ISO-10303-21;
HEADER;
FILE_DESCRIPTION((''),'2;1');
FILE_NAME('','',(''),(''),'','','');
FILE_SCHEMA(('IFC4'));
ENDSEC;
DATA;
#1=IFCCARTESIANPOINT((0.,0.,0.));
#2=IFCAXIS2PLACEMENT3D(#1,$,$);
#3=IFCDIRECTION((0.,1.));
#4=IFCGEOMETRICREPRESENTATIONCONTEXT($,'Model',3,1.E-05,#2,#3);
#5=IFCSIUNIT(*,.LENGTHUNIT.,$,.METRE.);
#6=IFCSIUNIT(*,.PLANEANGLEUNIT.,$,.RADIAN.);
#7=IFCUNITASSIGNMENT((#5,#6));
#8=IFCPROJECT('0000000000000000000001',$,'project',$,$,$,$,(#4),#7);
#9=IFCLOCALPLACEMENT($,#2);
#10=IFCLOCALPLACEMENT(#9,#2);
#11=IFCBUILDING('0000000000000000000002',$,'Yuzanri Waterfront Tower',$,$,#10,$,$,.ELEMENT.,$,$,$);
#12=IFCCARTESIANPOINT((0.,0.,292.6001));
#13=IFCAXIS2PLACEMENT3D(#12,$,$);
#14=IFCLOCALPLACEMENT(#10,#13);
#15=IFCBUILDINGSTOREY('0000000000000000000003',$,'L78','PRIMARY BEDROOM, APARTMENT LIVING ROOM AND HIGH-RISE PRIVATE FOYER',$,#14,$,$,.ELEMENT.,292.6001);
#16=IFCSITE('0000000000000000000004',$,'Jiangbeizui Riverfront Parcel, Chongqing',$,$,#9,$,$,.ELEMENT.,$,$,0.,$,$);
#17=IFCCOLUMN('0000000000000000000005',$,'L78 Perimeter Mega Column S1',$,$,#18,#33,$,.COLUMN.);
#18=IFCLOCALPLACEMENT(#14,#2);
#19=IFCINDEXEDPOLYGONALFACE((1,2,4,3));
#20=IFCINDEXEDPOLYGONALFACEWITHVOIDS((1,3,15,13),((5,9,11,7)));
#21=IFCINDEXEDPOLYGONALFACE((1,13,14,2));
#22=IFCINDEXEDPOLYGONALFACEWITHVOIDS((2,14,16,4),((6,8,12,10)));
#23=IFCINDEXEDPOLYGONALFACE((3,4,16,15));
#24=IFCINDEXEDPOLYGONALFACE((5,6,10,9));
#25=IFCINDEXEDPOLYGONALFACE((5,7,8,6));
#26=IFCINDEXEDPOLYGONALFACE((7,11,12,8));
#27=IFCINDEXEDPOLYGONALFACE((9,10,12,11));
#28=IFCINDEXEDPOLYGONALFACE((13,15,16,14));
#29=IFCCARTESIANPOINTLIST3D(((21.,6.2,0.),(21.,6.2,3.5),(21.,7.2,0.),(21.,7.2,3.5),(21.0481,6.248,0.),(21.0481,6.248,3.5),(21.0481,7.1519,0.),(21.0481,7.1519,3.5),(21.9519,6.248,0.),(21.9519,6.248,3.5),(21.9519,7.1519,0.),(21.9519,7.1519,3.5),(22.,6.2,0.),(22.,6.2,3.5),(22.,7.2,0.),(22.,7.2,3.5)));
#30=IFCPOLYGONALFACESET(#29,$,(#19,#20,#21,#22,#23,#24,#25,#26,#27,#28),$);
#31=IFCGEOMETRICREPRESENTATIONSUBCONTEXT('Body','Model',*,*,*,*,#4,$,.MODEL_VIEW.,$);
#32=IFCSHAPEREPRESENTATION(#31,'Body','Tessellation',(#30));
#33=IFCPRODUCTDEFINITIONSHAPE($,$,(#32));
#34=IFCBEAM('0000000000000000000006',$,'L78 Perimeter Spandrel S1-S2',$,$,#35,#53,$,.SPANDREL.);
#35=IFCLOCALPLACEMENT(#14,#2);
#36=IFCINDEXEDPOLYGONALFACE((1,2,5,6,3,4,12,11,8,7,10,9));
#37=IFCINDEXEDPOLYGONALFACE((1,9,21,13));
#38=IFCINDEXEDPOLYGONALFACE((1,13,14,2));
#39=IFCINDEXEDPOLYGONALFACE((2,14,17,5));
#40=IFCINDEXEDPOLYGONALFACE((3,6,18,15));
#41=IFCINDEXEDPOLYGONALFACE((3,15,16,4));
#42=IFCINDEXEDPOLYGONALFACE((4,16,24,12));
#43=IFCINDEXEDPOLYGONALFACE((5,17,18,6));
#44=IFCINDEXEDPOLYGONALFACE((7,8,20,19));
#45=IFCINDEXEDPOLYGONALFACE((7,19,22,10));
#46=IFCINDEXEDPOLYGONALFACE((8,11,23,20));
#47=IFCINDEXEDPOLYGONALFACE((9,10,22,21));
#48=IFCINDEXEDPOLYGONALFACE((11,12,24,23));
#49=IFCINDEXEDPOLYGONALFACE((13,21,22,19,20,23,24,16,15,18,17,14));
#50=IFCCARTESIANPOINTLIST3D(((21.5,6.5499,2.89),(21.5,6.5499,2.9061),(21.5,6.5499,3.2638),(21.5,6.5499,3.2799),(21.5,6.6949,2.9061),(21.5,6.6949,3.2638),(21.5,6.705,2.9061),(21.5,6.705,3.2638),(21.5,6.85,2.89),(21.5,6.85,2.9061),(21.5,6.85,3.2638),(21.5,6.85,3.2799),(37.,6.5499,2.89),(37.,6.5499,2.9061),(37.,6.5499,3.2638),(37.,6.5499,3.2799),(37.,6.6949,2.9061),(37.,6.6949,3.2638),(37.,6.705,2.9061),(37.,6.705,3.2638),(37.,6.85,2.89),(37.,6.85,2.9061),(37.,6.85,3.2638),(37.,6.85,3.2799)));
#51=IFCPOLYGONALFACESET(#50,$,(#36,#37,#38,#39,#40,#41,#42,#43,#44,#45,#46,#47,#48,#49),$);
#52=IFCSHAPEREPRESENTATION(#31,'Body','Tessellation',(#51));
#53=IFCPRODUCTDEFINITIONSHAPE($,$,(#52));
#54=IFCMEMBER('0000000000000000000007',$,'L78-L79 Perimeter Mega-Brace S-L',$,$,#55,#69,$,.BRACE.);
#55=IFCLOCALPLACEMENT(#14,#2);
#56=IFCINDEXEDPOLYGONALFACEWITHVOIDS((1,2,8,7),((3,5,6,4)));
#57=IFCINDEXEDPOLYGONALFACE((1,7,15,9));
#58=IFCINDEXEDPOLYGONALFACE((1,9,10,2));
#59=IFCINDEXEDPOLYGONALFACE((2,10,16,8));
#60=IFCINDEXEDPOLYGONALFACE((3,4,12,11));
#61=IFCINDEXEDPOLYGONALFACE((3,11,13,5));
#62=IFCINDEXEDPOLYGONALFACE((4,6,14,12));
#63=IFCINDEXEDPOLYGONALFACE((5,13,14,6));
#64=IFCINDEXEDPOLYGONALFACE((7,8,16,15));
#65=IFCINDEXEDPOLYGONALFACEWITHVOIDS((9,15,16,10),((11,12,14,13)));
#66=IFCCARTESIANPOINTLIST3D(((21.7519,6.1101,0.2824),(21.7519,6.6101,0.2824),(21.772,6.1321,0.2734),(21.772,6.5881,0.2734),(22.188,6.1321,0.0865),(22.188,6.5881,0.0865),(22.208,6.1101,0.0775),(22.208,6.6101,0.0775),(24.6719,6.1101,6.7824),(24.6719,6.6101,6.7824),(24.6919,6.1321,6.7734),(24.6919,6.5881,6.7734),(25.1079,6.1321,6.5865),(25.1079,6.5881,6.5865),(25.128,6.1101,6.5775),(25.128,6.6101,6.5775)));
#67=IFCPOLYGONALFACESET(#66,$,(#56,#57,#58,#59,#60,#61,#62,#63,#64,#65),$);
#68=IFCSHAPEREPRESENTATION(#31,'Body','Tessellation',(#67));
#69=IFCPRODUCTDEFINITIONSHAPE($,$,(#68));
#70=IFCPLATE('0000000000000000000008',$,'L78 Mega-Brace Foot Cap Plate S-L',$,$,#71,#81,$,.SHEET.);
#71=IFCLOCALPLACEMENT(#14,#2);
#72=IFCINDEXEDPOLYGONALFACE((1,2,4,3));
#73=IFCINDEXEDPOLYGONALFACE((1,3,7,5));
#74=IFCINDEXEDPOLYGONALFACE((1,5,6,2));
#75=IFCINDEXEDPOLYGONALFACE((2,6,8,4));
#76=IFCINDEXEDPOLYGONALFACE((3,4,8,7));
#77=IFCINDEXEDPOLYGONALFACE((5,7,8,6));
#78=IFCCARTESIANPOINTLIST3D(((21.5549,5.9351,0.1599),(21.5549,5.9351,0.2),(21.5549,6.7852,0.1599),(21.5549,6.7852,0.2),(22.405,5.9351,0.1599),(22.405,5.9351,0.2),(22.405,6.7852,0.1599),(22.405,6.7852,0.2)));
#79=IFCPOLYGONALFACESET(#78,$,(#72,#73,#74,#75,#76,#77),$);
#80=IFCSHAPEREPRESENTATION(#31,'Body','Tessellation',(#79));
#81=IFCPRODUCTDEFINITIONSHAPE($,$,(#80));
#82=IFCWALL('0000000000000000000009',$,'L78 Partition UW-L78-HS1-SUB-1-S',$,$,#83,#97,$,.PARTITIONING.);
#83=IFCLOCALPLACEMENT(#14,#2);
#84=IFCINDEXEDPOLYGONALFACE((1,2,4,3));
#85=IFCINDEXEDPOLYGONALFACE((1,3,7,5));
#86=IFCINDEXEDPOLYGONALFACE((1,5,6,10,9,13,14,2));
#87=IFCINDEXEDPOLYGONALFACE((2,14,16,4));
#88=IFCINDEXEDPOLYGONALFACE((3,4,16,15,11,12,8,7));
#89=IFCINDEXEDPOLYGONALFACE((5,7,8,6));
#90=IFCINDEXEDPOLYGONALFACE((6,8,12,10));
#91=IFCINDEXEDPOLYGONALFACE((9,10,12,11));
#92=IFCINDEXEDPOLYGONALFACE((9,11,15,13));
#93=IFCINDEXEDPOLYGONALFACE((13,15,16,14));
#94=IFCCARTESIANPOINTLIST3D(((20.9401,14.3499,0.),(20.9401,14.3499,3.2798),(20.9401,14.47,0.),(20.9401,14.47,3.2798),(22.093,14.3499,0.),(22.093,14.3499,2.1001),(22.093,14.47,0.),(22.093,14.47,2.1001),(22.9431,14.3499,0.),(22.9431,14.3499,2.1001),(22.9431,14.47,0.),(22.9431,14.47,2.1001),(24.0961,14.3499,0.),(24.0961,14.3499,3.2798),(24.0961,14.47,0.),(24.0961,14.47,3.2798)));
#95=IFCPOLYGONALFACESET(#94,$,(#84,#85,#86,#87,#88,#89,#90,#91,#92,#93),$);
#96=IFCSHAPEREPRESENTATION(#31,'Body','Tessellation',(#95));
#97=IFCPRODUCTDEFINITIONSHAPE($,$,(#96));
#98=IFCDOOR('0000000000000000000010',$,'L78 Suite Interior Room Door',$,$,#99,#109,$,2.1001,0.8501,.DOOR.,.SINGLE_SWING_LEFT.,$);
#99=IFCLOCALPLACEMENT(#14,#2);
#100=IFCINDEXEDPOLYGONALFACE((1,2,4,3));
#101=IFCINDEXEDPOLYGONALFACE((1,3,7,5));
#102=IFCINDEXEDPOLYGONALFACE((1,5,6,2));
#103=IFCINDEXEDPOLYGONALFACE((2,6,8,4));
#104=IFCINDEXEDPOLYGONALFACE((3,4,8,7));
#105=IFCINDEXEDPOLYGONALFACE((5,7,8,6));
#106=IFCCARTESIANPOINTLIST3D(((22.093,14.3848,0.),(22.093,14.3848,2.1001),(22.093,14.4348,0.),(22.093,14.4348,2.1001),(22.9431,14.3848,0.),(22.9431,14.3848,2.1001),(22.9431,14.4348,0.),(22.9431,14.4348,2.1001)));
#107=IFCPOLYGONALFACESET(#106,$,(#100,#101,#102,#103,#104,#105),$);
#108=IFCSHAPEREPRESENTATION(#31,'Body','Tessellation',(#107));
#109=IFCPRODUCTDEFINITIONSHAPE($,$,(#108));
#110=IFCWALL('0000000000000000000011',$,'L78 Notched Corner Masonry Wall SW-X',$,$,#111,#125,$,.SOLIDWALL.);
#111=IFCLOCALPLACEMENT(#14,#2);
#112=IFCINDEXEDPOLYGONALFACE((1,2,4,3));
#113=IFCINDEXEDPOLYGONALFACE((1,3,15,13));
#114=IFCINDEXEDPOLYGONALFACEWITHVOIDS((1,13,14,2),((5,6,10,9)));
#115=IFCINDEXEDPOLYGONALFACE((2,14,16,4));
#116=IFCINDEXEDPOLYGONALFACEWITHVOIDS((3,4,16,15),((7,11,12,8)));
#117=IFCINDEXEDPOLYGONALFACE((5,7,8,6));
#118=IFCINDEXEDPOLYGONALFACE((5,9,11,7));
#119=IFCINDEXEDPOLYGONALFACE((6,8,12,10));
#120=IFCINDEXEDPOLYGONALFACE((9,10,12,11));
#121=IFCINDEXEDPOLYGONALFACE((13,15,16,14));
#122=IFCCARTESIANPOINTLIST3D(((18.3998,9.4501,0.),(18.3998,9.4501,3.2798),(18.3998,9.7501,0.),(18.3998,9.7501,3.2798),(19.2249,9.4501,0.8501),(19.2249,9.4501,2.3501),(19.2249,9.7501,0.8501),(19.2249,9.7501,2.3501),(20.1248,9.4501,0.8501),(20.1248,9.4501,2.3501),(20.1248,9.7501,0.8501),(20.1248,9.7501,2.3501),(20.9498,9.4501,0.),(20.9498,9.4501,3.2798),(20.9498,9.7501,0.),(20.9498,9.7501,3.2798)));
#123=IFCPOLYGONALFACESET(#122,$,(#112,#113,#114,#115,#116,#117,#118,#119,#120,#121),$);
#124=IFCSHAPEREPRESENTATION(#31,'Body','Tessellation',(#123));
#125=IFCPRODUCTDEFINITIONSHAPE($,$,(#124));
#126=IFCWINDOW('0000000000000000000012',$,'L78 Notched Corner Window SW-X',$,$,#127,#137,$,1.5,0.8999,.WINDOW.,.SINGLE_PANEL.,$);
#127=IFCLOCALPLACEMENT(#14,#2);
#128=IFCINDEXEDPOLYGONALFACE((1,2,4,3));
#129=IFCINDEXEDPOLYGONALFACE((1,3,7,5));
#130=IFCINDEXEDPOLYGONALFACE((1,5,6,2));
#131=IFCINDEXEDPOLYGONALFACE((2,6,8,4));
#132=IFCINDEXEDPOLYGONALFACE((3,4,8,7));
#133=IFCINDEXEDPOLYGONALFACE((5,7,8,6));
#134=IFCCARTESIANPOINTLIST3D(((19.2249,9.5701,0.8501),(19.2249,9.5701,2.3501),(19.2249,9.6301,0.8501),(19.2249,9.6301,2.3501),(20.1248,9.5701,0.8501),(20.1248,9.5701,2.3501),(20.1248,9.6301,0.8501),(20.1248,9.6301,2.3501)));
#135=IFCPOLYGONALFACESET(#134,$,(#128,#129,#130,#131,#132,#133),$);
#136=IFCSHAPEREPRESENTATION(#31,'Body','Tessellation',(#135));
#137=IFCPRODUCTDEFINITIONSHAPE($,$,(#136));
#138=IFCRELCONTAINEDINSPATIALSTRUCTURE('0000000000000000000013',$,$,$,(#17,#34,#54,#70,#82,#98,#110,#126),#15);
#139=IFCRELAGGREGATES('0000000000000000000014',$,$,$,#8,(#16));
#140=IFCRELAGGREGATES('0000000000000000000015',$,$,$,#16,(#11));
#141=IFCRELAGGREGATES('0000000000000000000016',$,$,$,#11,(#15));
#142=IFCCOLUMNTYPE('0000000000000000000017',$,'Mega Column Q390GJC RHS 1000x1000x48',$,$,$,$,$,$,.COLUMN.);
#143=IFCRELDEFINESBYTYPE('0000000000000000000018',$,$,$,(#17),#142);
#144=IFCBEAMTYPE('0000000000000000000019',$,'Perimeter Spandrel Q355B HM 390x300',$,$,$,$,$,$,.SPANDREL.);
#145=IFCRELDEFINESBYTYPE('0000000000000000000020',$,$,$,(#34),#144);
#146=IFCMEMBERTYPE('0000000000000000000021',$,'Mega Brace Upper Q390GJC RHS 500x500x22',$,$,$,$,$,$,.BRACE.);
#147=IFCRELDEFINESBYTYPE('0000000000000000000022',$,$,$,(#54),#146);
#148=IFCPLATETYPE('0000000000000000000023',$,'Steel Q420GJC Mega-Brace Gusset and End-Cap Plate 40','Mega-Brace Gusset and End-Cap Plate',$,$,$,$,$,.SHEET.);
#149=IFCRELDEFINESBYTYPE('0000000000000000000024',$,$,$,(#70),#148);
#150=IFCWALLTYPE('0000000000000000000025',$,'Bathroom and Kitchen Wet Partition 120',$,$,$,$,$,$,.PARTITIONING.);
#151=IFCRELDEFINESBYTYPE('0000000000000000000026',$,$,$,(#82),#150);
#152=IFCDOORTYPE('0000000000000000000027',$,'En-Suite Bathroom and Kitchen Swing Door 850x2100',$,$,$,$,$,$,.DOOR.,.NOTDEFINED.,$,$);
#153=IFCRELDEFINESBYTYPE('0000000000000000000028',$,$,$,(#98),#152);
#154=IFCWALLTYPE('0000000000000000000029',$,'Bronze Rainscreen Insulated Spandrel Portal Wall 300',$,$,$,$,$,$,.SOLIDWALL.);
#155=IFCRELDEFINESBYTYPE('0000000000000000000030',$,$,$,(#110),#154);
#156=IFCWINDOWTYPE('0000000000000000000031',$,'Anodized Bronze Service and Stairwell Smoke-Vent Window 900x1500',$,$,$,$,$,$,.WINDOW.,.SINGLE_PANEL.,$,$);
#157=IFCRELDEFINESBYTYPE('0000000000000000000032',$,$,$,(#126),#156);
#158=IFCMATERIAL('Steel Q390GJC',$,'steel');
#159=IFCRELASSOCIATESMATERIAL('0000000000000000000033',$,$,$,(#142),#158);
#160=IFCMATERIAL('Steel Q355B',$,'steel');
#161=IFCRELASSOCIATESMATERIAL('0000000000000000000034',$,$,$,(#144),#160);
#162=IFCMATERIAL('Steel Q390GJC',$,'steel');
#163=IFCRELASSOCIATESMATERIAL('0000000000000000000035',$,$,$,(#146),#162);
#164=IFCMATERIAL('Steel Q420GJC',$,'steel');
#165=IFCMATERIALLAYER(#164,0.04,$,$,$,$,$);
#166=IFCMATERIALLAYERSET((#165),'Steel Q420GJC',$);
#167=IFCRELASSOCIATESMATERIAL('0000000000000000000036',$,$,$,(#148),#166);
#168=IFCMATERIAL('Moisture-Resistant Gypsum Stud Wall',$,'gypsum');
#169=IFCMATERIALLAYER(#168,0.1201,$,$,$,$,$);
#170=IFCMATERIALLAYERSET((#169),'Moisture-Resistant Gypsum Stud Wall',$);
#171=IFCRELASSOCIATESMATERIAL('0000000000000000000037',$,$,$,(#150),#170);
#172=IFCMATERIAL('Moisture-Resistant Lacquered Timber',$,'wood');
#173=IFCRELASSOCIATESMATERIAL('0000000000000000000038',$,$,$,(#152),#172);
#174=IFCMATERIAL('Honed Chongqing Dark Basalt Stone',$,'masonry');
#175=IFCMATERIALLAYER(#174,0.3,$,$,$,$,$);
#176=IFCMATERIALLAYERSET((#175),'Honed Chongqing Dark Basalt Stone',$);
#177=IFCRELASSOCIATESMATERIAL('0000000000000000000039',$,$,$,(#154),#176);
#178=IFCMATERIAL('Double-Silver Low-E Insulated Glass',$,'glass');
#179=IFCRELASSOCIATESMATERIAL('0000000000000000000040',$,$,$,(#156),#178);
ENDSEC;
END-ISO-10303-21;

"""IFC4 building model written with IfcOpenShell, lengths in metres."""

from ifc_helpers import new_model, si_unit, direction, frame, frame_2d, origin, origin_2d, place, context, subcontext, project, spatial, rectangle, hollow_rectangle, i_section, extrude, source, transform, mapped, material, layer, layer_set, material_profile, profile_set, type_object, element, fill, save


model = new_model("IFC4")

# Units and contexts
model_context = context("Model", 3, precision=1e-05, world=origin(), true_north=direction((0.0, 1.0)))
body_context = subcontext(model_context, "Body", "Model", "MODEL_VIEW")
ifc_project = project(units=[si_unit("LENGTHUNIT", "METRE"), si_unit("PLANEANGLEUNIT", "RADIAN")], contexts=[model_context])

# Site, building, storey
site_placement = place(None, origin())
site = spatial("IfcSite", under=ifc_project, at=site_placement, Name="Jiangbeizui Riverfront Parcel, Chongqing", CompositionType="ELEMENT", RefElevation=0.0)
building_placement = place(site_placement, origin())
building = spatial("IfcBuilding", under=site, at=building_placement, Name="Yuzanri Waterfront Tower", CompositionType="ELEMENT")
storey_placement = place(building_placement, frame((0.0, 0.0, 292.6001)))
storey = spatial("IfcBuildingStorey", under=building, at=storey_placement, Name="L78", Description="PRIMARY BEDROOM, APARTMENT LIVING ROOM AND HIGH-RISE PRIVATE FOYER", CompositionType="ELEMENT", Elevation=292.6001)

# Column
ifc_material_1 = material(Name="Steel Q390GJC", Category="steel")
ifc_material_profile_1 = material_profile(ifc_material_1, hollow_rectangle(XDim=1.0, YDim=1.0, WallThickness=0.0481, at=origin_2d()), Name="RHS 1000x1000x48")
ifc_profile_set_1 = profile_set([ifc_material_profile_1], Name="Steel Q390GJC")
column_type = type_object("IfcColumnType", Name="Mega Column Q390GJC RHS 1000x1000x48", PredefinedType="COLUMN", material=ifc_profile_set_1)
shared_shape_1 = source(origin(), body_context, "Body", "SweptSolid", [
    extrude(hollow_rectangle(XDim=1.0, YDim=1.0, WallThickness=0.0481, at=origin_2d()), origin(), (0.0, 0.0, 1.0), 3.5),
])
column_placement = place(storey_placement, frame((21.5, 6.7, 0.0), z_axis=(0.0, 0.0, 1.0), x_axis=(1.0, 0.0, 0.0)))
element("IfcColumn", 1, at=column_placement, inside=storey, type_object=column_type, Name="L78 Perimeter Mega Column S1", PredefinedType="COLUMN", context=body_context, shape_type="MappedRepresentation", body=[
    mapped(shared_shape_1, transform((0.0, 0.0, 0.0), scale=1.0)),
])

# Beam
ifc_material_2 = material(Name="Steel Q355B", Category="steel")
ifc_material_profile_2 = material_profile(ifc_material_2, i_section(OverallWidth=0.3, OverallDepth=0.3899, WebThickness=0.01, FlangeThickness=0.0161, at=origin_2d()), Name="HM 390x300x10x16")
ifc_profile_set_2 = profile_set([ifc_material_profile_2], Name="Steel Q355B")
beam_type = type_object("IfcBeamType", Name="Perimeter Spandrel Q355B HM 390x300", PredefinedType="SPANDREL", material=ifc_profile_set_2)
shared_shape_2 = source(origin(), body_context, "Body", "SweptSolid", [
    extrude(i_section(OverallWidth=0.3, OverallDepth=0.3899, WebThickness=0.01, FlangeThickness=0.0161, at=origin_2d()), origin(), (0.0, 0.0, 1.0), 15.5),
])
beam_placement = place(storey_placement, frame((21.5, 6.7, 3.085), z_axis=(1.0, 0.0, 0.0), x_axis=(0.0, 1.0, 0.0)))
element("IfcBeam", 2, at=beam_placement, inside=storey, type_object=beam_type, Name="L78 Perimeter Spandrel S1-S2", PredefinedType="SPANDREL", context=body_context, shape_type="MappedRepresentation", body=[
    mapped(shared_shape_2, transform((0.0, 0.0, 0.0), scale=1.0)),
])

# Member
ifc_material_3 = material(Name="Steel Q390GJC", Category="steel")
ifc_material_profile_3 = material_profile(ifc_material_3, hollow_rectangle(XDim=0.5, YDim=0.5, WallThickness=0.022, at=origin_2d()), Name="RHS 500x500x22")
ifc_profile_set_3 = profile_set([ifc_material_profile_3], Name="Steel Q390GJC")
member_type = type_object("IfcMemberType", Name="Mega Brace Upper Q390GJC RHS 500x500x22", PredefinedType="BRACE", material=ifc_profile_set_3)
shared_shape_3 = source(origin(), body_context, "Body", "SweptSolid", [
    extrude(hollow_rectangle(XDim=0.5, YDim=0.5, WallThickness=0.022, at=origin_2d()), origin(), (0.0, 0.0, 1.0), 7.1257),
])
member_placement = place(storey_placement, frame((21.98, 6.3601, 0.1799), z_axis=(0.409772, 0.0, 0.912188), x_axis=(0.0, 1.0, 0.0)))
element("IfcMember", 3, at=member_placement, inside=storey, type_object=member_type, Name="L78-L79 Perimeter Mega-Brace S-L", PredefinedType="BRACE", context=body_context, shape_type="MappedRepresentation", body=[
    mapped(shared_shape_3, transform((0.0, 0.0, 0.0), scale=1.0)),
])

# Plate
ifc_material_4 = material(Name="Steel Q420GJC", Category="steel")
ifc_layer_1 = layer(ifc_material_4, 0.04)
ifc_layer_set_1 = layer_set([ifc_layer_1], Name="Steel Q420GJC")
plate_type = type_object("IfcPlateType", Name="Steel Q420GJC Mega-Brace Gusset and End-Cap Plate 40", Description="Mega-Brace Gusset and End-Cap Plate", PredefinedType="SHEET", material=ifc_layer_set_1)
shared_shape_4 = source(origin(), body_context, "Body", "SweptSolid", [
    extrude(rectangle(XDim=0.8501, YDim=0.8501, at=origin_2d()), origin(), (0.0, 0.0, 1.0), 0.04),
])
plate_placement = place(storey_placement, frame((21.98, 6.3601, 0.1599), z_axis=(0.0, 0.0, 1.0), x_axis=(1.0, 0.0, 0.0)))
element("IfcPlate", 4, at=plate_placement, inside=storey, type_object=plate_type, Name="L78 Mega-Brace Foot Cap Plate S-L", PredefinedType="SHEET", context=body_context, shape_type="MappedRepresentation", body=[
    mapped(shared_shape_4, transform((0.0, 0.0, 0.0), scale=1.0)),
])

# Wall, opening, door
ifc_material_5 = material(Name="Moisture-Resistant Gypsum Stud Wall", Category="gypsum")
ifc_layer_2 = layer(ifc_material_5, 0.1201)
ifc_layer_set_2 = layer_set([ifc_layer_2], Name="Moisture-Resistant Gypsum Stud Wall")
wall_type_1 = type_object("IfcWallType", Name="Bathroom and Kitchen Wet Partition 120", PredefinedType="PARTITIONING", material=ifc_layer_set_2)
wall_1_placement = place(storey_placement, frame((20.9399, 14.4099, 0.0), z_axis=(0.0, 0.0, 1.0), x_axis=(1.0, 0.0, 0.0)))
wall_1 = element("IfcWall", 5, at=wall_1_placement, inside=storey, type_object=wall_type_1, Name="L78 Partition UW-L78-HS1-SUB-1-S", PredefinedType="PARTITIONING", context=body_context, shape_type="SweptSolid", body=[
    extrude(rectangle(XDim=3.156, YDim=0.1201, at=frame_2d((1.5781, 0.0))), origin(), (0.0, 0.0, 1.0), 3.2798),
])
opening_1_placement = place(wall_1_placement, frame((1.1531, 0.0, 0.0)))
opening_1 = element("IfcOpeningElement", 6, at=opening_1_placement, cuts=wall_1, PredefinedType="OPENING", context=body_context, shape_type="SweptSolid", body=[
    extrude(rectangle(XDim=0.8501, YDim=2.1001, at=frame_2d((0.425, 1.05))), frame((0.0, 0.075, 0.0), z_axis=(0.0, -1.0, 0.0), x_axis=(1.0, 0.0, 0.0)), (0.0, 0.0, 1.0), 0.1499),
])
ifc_material_6 = material(Name="Moisture-Resistant Lacquered Timber", Category="wood")
door_type_1 = type_object("IfcDoorType", Name="En-Suite Bathroom and Kitchen Swing Door 850x2100", OperationType="NOTDEFINED", PredefinedType="DOOR", material=ifc_material_6)
shared_shape_5 = source(origin(), body_context, "Body", "SweptSolid", [
    extrude(rectangle(XDim=0.8501, YDim=2.1001, at=frame_2d((0.425, 1.05))), frame((0.0, 0.0249, 0.0), z_axis=(0.0, -1.0, 0.0), x_axis=(1.0, 0.0, 0.0)), (0.0, 0.0, 1.0), 0.05),
])
door_1_placement = place(opening_1_placement, origin())
door_1 = element("IfcDoor", 7, at=door_1_placement, inside=storey, type_object=door_type_1, Name="L78 Suite Interior Room Door", OperationType="SINGLE_SWING_LEFT", OverallHeight=2.1001, OverallWidth=0.8501, PredefinedType="DOOR", context=body_context, shape_type="MappedRepresentation", body=[
    mapped(shared_shape_5, transform((0.0, 0.0, 0.0), scale=1.0)),
])
fill(opening_1, door_1)

# Wall, opening, window
ifc_material_7 = material(Name="Honed Chongqing Dark Basalt Stone", Category="masonry")
ifc_layer_3 = layer(ifc_material_7, 0.3)
ifc_layer_set_3 = layer_set([ifc_layer_3], Name="Honed Chongqing Dark Basalt Stone")
wall_type_2 = type_object("IfcWallType", Name="Bronze Rainscreen Insulated Spandrel Portal Wall 300", PredefinedType="SOLIDWALL", material=ifc_layer_set_3)
wall_2_placement = place(storey_placement, frame((18.3999, 9.6001, 0.0), z_axis=(0.0, 0.0, 1.0), x_axis=(1.0, 0.0, 0.0)))
wall_2 = element("IfcWall", 8, at=wall_2_placement, inside=storey, type_object=wall_type_2, Name="L78 Notched Corner Masonry Wall SW-X", PredefinedType="SOLIDWALL", context=body_context, shape_type="SweptSolid", body=[
    extrude(rectangle(XDim=2.55, YDim=0.3, at=frame_2d((1.2749, 0.0))), origin(), (0.0, 0.0, 1.0), 3.2798),
])
opening_2_placement = place(wall_2_placement, frame((0.825, 0.0, 0.8501)))
opening_2 = element("IfcOpeningElement", 9, at=opening_2_placement, cuts=wall_2, PredefinedType="OPENING", context=body_context, shape_type="SweptSolid", body=[
    extrude(rectangle(XDim=0.8999, YDim=1.5, at=frame_2d((0.45, 0.75))), frame((0.0, 0.165, 0.0), z_axis=(0.0, -1.0, 0.0), x_axis=(1.0, 0.0, 0.0)), (0.0, 0.0, 1.0), 0.3298),
])
ifc_material_8 = material(Name="Double-Silver Low-E Insulated Glass", Category="glass")
window_type_1 = type_object("IfcWindowType", Name="Anodized Bronze Service and Stairwell Smoke-Vent Window 900x1500", PartitioningType="SINGLE_PANEL", PredefinedType="WINDOW", material=ifc_material_8)
shared_shape_6 = source(origin(), body_context, "Body", "SweptSolid", [
    extrude(rectangle(XDim=0.8999, YDim=1.5, at=frame_2d((0.45, 0.75))), frame((0.0, 0.03, 0.0), z_axis=(0.0, -1.0, 0.0), x_axis=(1.0, 0.0, 0.0)), (0.0, 0.0, 1.0), 0.0601),
])
window_1_placement = place(opening_2_placement, origin())
window_1 = element("IfcWindow", 10, at=window_1_placement, inside=storey, type_object=window_type_1, Name="L78 Notched Corner Window SW-X", OverallHeight=1.5, OverallWidth=0.8999, PartitioningType="SINGLE_PANEL", PredefinedType="WINDOW", context=body_context, shape_type="MappedRepresentation", body=[
    mapped(shared_shape_6, transform((0.0, 0.0, 0.0), scale=1.0)),
])
fill(opening_2, window_1)

save(model, "model.ifc")
